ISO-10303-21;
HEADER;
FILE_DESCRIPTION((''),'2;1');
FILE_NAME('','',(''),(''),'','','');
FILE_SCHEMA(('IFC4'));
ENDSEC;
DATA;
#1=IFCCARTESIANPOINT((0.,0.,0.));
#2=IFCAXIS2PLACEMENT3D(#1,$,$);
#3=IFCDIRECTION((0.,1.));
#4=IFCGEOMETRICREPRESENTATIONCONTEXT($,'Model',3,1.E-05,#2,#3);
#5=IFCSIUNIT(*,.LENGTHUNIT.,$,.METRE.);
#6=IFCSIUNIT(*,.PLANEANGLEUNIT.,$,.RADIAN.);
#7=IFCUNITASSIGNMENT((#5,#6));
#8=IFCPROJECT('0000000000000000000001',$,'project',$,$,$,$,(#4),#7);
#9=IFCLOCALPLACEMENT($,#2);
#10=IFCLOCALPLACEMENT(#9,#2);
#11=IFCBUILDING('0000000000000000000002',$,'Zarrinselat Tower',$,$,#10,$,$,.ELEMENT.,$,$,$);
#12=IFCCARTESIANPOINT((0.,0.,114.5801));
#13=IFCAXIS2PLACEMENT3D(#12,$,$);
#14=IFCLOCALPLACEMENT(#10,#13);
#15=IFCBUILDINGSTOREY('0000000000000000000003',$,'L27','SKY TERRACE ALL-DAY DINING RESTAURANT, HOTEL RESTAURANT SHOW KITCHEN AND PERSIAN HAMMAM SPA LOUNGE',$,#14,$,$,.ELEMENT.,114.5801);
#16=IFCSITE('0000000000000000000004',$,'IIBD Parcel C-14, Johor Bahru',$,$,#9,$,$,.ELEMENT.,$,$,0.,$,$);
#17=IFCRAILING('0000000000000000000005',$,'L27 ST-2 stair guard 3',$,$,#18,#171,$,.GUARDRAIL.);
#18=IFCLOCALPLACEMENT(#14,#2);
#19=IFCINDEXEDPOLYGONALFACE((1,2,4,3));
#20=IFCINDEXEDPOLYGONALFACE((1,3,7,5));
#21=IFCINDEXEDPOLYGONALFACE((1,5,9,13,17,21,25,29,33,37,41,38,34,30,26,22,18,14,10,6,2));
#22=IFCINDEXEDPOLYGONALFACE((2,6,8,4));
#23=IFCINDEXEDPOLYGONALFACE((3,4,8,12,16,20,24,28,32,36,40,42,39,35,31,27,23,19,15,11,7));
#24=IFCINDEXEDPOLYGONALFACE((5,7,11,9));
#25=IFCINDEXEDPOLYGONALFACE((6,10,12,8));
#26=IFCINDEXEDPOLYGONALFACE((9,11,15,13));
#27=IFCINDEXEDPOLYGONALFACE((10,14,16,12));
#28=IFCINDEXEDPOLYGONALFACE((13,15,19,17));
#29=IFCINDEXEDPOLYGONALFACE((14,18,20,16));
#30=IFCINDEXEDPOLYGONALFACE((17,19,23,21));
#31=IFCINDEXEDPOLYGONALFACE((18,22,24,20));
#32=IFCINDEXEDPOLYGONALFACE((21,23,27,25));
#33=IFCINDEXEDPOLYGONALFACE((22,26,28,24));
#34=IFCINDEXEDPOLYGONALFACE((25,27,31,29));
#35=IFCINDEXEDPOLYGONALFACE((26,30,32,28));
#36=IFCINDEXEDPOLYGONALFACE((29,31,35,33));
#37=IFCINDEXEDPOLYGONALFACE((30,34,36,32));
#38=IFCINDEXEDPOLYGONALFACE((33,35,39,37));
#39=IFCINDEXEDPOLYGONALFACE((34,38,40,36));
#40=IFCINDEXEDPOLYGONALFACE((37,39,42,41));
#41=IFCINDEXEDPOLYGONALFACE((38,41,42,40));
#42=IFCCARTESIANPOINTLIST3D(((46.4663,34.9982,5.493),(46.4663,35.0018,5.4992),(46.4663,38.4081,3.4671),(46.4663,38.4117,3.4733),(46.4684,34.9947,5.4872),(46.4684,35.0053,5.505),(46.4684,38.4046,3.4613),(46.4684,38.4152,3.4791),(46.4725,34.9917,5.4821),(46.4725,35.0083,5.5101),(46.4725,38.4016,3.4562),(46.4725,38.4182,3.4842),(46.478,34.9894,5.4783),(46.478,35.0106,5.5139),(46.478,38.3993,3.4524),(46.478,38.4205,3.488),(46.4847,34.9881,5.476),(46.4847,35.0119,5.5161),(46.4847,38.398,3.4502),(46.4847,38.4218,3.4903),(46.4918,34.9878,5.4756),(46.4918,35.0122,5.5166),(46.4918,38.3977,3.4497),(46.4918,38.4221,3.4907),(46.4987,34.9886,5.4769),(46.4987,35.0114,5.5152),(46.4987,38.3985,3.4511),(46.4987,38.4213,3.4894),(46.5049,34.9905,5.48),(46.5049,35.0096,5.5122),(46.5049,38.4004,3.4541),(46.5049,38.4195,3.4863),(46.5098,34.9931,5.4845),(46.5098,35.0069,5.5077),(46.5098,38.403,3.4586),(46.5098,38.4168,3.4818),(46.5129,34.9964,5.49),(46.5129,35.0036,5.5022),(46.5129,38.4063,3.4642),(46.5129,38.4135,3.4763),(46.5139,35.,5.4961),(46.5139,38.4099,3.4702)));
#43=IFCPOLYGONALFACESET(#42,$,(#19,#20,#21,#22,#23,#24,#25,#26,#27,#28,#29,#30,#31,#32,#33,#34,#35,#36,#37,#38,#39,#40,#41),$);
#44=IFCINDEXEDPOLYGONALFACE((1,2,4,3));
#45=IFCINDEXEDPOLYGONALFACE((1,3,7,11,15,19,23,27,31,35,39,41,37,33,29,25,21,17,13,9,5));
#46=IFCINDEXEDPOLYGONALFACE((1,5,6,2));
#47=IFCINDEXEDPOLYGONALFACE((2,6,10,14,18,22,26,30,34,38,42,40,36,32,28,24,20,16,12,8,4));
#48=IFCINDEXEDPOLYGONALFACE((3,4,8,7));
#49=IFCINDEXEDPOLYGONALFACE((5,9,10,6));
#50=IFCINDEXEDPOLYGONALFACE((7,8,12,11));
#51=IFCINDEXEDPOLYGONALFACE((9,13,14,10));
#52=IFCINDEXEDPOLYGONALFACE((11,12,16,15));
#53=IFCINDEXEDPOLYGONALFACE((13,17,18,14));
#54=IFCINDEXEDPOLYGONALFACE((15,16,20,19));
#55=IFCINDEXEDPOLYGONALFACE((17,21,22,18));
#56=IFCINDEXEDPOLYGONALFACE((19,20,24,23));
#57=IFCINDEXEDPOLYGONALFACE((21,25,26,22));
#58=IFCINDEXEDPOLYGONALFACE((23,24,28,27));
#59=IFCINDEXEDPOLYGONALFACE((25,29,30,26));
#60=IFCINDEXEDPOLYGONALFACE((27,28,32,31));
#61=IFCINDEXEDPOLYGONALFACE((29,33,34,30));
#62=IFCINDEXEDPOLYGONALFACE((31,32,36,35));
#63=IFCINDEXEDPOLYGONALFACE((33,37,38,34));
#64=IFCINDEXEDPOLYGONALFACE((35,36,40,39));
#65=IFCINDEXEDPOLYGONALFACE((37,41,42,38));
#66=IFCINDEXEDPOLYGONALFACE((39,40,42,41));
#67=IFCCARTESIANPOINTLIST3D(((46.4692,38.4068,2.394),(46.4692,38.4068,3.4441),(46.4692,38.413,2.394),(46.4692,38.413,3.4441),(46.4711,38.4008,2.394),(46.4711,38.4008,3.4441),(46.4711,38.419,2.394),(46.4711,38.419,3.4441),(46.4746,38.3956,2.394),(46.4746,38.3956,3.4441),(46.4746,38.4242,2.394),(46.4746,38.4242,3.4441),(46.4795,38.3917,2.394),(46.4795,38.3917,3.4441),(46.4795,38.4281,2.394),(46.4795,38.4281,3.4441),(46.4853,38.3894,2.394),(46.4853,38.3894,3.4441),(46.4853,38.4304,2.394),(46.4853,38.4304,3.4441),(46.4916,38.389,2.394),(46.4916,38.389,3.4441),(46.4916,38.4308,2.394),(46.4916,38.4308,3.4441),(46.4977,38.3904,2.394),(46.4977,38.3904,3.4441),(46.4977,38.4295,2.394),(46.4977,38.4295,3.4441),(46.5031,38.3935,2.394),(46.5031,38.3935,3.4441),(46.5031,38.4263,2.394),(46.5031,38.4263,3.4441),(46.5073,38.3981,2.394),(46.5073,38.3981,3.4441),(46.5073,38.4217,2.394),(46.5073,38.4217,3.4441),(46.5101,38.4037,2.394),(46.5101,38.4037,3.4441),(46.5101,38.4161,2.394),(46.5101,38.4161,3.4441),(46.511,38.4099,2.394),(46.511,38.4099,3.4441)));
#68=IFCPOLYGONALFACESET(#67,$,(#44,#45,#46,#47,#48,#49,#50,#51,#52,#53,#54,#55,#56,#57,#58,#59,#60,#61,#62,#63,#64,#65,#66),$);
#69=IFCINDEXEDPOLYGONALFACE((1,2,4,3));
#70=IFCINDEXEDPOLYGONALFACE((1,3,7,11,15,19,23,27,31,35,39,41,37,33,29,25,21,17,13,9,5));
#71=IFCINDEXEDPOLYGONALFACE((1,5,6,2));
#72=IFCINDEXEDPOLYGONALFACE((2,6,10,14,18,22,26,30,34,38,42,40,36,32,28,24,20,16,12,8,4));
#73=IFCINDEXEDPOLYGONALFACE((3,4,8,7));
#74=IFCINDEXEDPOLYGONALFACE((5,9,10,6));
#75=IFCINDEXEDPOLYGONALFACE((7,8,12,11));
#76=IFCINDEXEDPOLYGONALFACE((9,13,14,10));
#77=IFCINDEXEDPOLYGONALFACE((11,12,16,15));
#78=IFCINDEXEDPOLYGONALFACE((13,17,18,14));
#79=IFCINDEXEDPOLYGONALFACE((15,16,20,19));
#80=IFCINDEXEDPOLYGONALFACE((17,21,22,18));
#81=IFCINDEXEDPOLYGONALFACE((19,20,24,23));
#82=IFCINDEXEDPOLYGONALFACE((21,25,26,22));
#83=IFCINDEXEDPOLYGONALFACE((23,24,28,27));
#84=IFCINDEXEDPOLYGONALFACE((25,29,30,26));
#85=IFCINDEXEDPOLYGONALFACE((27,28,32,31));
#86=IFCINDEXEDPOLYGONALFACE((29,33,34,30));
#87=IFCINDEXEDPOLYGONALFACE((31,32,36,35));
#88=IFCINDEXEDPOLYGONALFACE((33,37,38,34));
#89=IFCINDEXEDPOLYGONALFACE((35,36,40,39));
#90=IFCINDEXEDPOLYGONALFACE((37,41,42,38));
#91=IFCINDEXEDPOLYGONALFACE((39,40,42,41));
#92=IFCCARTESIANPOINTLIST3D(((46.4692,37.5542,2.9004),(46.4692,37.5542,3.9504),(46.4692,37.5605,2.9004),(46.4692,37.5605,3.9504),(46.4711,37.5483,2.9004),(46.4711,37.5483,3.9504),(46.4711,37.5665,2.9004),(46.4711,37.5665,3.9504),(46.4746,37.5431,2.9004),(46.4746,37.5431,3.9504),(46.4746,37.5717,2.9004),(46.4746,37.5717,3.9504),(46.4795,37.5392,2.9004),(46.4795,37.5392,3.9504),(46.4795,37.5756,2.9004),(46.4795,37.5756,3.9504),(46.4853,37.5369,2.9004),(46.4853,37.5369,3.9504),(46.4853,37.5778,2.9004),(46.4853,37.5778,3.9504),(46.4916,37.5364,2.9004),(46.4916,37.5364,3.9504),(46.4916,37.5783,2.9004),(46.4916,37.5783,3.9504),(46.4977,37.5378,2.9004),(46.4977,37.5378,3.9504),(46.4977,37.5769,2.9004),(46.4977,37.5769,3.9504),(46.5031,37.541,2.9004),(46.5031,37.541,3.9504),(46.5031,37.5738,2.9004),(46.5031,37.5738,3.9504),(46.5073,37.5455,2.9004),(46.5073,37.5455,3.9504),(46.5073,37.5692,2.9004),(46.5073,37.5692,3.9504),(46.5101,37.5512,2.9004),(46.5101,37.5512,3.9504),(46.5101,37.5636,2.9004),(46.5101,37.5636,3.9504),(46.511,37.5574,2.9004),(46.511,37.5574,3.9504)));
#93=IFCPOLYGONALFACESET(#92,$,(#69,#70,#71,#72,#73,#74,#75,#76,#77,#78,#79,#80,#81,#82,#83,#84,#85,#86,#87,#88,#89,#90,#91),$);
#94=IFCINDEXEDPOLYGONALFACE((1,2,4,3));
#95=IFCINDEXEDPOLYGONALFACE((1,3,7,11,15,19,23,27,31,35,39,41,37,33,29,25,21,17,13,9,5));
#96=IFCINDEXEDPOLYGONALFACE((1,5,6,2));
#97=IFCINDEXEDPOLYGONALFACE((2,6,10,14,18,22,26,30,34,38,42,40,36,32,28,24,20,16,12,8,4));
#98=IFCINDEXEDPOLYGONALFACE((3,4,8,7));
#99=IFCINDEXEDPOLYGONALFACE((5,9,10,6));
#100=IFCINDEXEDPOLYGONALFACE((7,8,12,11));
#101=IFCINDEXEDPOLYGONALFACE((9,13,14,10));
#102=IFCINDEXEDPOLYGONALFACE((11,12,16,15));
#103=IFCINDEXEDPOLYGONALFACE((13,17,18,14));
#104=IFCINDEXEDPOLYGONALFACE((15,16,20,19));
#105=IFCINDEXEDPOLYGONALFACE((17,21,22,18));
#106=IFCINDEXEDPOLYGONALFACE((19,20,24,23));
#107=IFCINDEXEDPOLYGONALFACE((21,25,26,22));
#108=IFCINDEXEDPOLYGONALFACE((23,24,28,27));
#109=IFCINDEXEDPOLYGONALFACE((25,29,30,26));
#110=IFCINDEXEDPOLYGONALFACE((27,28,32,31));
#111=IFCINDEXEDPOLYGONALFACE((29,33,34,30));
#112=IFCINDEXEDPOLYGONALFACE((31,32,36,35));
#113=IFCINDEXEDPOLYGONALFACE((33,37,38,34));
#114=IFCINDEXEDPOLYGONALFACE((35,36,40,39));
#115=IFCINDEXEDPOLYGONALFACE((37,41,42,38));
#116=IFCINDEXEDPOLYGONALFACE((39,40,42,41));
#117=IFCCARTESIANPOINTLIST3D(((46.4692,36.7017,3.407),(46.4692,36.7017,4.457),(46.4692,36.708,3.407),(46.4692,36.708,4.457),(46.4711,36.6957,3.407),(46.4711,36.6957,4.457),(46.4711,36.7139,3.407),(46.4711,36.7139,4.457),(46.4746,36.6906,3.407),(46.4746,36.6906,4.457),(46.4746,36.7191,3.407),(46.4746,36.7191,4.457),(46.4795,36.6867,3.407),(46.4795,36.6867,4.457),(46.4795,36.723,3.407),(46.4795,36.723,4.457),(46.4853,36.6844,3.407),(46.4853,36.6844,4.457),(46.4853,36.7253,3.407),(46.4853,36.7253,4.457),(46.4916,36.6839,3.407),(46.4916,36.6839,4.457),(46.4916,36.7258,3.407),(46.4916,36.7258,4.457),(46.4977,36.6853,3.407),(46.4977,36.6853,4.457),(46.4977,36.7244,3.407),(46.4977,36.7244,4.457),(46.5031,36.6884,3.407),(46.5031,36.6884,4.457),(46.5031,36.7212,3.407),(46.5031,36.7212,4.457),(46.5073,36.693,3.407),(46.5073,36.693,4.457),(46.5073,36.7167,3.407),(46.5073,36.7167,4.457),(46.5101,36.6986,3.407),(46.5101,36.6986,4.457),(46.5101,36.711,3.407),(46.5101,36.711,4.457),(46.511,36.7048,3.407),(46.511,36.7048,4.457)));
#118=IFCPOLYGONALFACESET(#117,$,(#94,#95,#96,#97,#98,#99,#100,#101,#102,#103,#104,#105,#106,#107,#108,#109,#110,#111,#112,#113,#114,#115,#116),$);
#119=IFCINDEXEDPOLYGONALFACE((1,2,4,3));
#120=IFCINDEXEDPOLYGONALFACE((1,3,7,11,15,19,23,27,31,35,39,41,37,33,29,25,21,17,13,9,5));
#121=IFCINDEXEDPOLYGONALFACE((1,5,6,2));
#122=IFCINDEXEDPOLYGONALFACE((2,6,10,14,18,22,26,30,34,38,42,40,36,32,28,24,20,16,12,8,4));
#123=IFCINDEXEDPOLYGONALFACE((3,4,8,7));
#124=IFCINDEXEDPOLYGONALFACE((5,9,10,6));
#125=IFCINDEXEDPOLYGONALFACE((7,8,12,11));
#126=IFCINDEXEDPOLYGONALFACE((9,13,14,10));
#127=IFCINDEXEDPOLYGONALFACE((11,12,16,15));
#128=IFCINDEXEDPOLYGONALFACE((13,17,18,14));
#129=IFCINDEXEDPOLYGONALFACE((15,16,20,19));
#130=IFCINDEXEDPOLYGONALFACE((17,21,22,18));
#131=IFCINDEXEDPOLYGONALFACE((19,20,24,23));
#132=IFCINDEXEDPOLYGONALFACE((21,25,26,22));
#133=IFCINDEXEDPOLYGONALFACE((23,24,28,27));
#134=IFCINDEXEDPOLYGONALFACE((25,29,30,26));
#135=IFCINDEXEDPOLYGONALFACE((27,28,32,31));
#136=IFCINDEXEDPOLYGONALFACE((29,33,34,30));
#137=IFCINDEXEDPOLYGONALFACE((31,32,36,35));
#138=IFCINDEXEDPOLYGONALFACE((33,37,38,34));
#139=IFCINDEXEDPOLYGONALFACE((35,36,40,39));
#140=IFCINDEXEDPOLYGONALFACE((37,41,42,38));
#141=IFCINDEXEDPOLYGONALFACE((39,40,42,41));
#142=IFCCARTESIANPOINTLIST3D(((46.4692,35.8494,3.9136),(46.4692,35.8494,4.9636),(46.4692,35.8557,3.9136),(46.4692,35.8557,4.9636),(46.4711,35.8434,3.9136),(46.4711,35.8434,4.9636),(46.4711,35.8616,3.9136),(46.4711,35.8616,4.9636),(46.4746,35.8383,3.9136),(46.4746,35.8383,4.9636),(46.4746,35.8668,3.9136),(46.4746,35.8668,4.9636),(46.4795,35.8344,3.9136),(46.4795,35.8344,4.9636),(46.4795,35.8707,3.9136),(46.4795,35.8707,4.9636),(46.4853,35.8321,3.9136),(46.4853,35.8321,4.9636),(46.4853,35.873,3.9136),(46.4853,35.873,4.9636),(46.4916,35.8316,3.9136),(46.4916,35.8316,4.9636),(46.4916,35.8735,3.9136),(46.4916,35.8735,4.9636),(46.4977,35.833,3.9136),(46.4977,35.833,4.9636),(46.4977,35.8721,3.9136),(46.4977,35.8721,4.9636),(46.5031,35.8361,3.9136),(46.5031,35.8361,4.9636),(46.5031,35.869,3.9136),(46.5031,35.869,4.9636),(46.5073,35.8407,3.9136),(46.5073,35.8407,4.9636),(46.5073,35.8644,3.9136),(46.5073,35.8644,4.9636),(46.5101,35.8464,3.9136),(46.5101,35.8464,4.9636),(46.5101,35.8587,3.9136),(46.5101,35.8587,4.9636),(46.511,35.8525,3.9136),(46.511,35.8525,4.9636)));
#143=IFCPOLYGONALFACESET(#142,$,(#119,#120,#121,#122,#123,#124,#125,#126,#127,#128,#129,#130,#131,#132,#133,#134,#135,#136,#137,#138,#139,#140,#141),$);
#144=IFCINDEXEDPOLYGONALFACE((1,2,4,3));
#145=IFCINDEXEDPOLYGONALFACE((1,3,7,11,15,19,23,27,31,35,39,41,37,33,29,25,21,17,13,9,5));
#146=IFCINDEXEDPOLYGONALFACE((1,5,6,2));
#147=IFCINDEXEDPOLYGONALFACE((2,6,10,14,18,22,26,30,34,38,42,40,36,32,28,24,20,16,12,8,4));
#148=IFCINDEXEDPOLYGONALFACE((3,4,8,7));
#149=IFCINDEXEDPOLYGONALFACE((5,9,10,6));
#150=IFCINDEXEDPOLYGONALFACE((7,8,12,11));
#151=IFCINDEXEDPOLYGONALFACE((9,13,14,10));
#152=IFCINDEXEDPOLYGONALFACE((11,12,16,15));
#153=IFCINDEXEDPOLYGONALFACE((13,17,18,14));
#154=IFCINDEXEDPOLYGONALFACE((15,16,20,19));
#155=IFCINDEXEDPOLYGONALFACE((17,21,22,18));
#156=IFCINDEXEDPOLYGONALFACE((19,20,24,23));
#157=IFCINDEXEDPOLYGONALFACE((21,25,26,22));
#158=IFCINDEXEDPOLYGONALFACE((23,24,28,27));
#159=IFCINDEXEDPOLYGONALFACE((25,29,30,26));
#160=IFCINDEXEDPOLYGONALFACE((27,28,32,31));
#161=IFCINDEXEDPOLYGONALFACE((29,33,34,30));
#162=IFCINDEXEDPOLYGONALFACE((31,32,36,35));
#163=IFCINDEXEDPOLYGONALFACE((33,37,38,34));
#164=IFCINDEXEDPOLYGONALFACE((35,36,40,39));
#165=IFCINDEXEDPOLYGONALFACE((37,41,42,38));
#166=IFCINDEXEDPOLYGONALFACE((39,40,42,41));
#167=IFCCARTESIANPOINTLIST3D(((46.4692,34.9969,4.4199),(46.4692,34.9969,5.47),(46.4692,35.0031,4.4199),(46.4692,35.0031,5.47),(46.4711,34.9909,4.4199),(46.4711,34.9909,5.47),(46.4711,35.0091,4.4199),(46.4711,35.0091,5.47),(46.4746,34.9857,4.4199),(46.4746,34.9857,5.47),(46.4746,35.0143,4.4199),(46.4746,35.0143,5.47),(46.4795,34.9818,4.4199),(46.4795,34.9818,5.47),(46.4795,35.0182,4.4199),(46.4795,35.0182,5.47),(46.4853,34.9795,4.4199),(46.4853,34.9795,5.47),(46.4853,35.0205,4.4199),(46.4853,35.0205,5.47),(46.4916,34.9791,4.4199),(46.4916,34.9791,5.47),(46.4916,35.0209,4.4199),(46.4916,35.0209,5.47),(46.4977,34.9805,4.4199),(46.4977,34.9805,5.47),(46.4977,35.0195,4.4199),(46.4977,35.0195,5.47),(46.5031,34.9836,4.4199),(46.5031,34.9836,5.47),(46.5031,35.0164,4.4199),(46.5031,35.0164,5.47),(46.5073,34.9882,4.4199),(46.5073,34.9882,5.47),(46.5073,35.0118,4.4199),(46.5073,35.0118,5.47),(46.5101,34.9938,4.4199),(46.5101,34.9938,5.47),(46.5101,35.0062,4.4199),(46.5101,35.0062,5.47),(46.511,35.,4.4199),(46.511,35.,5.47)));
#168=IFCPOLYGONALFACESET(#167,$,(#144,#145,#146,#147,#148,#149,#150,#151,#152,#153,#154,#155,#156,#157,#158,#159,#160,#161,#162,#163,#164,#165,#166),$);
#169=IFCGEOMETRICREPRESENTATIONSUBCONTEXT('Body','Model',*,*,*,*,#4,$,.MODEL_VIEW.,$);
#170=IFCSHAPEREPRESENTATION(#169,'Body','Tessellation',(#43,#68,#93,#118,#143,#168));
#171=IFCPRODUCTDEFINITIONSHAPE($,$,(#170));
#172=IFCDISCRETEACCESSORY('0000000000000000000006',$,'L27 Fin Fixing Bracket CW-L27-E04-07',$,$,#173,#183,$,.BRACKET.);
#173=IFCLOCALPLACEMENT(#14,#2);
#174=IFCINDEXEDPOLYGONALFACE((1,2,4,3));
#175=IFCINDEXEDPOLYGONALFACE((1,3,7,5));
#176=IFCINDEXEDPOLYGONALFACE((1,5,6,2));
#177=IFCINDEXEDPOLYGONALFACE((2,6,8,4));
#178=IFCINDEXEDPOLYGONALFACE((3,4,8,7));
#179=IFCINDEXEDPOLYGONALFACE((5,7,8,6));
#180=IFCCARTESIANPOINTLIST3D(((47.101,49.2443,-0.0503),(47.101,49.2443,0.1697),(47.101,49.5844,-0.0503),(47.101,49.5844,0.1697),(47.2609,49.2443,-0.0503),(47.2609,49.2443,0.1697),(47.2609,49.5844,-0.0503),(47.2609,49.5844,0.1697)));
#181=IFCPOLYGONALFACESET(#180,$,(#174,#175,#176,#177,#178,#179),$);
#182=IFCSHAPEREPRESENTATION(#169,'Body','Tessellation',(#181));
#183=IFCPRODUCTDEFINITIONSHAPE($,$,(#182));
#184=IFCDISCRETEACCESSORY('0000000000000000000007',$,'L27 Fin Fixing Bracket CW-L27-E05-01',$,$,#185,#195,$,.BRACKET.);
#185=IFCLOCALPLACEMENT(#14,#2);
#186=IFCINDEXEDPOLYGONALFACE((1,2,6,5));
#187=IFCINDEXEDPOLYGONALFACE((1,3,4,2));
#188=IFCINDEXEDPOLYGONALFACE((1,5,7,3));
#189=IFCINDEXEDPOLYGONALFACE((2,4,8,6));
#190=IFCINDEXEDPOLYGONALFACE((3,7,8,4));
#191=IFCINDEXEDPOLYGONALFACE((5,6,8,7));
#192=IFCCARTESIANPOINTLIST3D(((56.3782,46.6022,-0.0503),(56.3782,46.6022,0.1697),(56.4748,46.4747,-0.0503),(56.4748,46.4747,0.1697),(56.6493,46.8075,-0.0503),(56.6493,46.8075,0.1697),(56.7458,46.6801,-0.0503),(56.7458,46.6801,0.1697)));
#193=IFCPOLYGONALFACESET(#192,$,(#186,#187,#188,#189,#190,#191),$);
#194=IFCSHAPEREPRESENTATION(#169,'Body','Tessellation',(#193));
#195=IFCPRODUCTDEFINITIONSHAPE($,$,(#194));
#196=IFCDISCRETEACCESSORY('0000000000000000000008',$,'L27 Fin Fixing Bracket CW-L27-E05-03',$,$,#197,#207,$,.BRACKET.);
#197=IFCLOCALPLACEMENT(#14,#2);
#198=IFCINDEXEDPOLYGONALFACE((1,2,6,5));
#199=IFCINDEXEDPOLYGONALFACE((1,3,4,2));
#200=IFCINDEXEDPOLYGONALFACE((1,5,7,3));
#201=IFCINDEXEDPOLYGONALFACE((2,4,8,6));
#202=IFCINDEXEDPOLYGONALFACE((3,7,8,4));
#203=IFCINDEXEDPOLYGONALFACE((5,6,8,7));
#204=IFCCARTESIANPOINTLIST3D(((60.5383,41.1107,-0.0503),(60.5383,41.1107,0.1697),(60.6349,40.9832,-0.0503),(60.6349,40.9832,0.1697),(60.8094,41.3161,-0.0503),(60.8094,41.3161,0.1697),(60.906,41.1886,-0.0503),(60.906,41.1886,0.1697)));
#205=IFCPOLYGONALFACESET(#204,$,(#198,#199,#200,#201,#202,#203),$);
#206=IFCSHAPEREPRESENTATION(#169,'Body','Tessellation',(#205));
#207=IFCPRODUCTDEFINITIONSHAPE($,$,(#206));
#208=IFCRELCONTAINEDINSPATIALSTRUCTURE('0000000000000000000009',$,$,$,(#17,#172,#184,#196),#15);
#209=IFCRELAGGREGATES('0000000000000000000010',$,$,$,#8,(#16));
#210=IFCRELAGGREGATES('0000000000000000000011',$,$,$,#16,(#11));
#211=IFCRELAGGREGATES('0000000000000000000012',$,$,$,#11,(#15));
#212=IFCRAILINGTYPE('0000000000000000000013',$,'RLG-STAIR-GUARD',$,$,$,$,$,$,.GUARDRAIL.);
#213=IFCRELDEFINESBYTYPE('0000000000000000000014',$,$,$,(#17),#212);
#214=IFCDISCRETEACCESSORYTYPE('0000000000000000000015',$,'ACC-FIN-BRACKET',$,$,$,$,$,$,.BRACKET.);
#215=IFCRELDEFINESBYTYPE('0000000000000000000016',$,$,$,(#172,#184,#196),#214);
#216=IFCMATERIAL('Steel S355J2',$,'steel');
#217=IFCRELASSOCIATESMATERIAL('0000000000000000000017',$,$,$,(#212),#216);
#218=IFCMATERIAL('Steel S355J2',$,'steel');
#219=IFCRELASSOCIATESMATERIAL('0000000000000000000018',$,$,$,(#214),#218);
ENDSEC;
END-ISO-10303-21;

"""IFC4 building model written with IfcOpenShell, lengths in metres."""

from ifc_helpers import new_model, si_unit, direction, frame, origin, origin_2d, place, context, subcontext, project, spatial, rectangle, circle, extrude, material, type_object, element, save


model = new_model("IFC4")

# Units and contexts
model_context = context("Model", 3, precision=1e-05, world=origin(), true_north=direction((0.0, 1.0)))
body_context = subcontext(model_context, "Body", "Model", "MODEL_VIEW")
ifc_project = project(units=[si_unit("LENGTHUNIT", "METRE"), si_unit("PLANEANGLEUNIT", "RADIAN")], contexts=[model_context])

# Site, building, storey
site_placement = place(None, origin())
site = spatial("IfcSite", under=ifc_project, at=site_placement, Name="IIBD Parcel C-14, Johor Bahru", CompositionType="ELEMENT", RefElevation=0.0)
building_placement = place(site_placement, origin())
building = spatial("IfcBuilding", under=site, at=building_placement, Name="Zarrinselat Tower", CompositionType="ELEMENT")
storey_placement = place(building_placement, frame((0.0, 0.0, 114.5801)))
storey = spatial("IfcBuildingStorey", under=building, at=storey_placement, Name="L27", Description="SKY TERRACE ALL-DAY DINING RESTAURANT, HOTEL RESTAURANT SHOW KITCHEN AND PERSIAN HAMMAM SPA LOUNGE", CompositionType="ELEMENT", Elevation=114.5801)

# Railing
ifc_material_1 = material(Name="Steel S355J2", Category="steel")
railing_type = type_object("IfcRailingType", Name="RLG-STAIR-GUARD", PredefinedType="GUARDRAIL", material=ifc_material_1)
railing_1_placement = place(storey_placement, frame((46.49, 38.4099, 2.394)))
element("IfcRailing", 1, at=railing_1_placement, inside=storey, type_object=railing_type, Name="L27 ST-2 stair guard 3", PredefinedType="GUARDRAIL", context=body_context, shape_type="SweptSolid", body=[
    extrude(circle(Radius=0.0239, at=origin_2d()), frame((0.0, 0.0, 1.0762), z_axis=(0.0, -0.859717, 0.510771), x_axis=(1.0, 0.0, 0.0)), (0.0, 0.0, 1.0), 3.9663),
    extrude(circle(Radius=0.021, at=origin_2d()), origin(), (0.0, 0.0, 1.0), 1.05),
    extrude(circle(Radius=0.021, at=origin_2d()), frame((0.0, -0.8525, 0.5063)), (0.0, 0.0, 1.0), 1.05),
    extrude(circle(Radius=0.021, at=origin_2d()), frame((0.0, -1.7051, 1.0129)), (0.0, 0.0, 1.0), 1.05),
    extrude(circle(Radius=0.021, at=origin_2d()), frame((0.0, -2.5574, 1.5195)), (0.0, 0.0, 1.0), 1.05),
    extrude(circle(Radius=0.021, at=origin_2d()), frame((0.0, -3.4099, 2.0259)), (0.0, 0.0, 1.0), 1.05),
])

# Discrete accessories
ifc_material_2 = material(Name="Steel S355J2", Category="steel")
discrete_accessory_type = type_object("IfcDiscreteAccessoryType", Name="ACC-FIN-BRACKET", PredefinedType="BRACKET", material=ifc_material_2)
for number, where, z_axis, x_axis, name in (
    (2, (47.1809, 49.4143, -0.0503), (0.0, 0.0, 1.0), (0.0, 1.0, 0.0), "L27 Fin Fixing Bracket CW-L27-E04-07"),
    (3, (56.562, 46.6411, -0.0503), (0.0, 0.0, 1.0), (0.797093, 0.603856, 0.0), "L27 Fin Fixing Bracket CW-L27-E05-01"),
    (4, (60.7222, 41.1497, -0.0503), (0.0, 0.0, 1.0), (0.797093, 0.603856, 0.0), "L27 Fin Fixing Bracket CW-L27-E05-03"),
):
    element("IfcDiscreteAccessory", number, at=place(storey_placement, frame(where, z_axis=z_axis, x_axis=x_axis)), inside=storey, type_object=discrete_accessory_type, Name=name, PredefinedType="BRACKET", context=body_context, shape_type="SweptSolid", body=[
        extrude(rectangle(XDim=0.3401, YDim=0.1599, at=origin_2d()), origin(), (0.0, 0.0, 1.0), 0.22),
    ])

save(model, "model.ifc")
